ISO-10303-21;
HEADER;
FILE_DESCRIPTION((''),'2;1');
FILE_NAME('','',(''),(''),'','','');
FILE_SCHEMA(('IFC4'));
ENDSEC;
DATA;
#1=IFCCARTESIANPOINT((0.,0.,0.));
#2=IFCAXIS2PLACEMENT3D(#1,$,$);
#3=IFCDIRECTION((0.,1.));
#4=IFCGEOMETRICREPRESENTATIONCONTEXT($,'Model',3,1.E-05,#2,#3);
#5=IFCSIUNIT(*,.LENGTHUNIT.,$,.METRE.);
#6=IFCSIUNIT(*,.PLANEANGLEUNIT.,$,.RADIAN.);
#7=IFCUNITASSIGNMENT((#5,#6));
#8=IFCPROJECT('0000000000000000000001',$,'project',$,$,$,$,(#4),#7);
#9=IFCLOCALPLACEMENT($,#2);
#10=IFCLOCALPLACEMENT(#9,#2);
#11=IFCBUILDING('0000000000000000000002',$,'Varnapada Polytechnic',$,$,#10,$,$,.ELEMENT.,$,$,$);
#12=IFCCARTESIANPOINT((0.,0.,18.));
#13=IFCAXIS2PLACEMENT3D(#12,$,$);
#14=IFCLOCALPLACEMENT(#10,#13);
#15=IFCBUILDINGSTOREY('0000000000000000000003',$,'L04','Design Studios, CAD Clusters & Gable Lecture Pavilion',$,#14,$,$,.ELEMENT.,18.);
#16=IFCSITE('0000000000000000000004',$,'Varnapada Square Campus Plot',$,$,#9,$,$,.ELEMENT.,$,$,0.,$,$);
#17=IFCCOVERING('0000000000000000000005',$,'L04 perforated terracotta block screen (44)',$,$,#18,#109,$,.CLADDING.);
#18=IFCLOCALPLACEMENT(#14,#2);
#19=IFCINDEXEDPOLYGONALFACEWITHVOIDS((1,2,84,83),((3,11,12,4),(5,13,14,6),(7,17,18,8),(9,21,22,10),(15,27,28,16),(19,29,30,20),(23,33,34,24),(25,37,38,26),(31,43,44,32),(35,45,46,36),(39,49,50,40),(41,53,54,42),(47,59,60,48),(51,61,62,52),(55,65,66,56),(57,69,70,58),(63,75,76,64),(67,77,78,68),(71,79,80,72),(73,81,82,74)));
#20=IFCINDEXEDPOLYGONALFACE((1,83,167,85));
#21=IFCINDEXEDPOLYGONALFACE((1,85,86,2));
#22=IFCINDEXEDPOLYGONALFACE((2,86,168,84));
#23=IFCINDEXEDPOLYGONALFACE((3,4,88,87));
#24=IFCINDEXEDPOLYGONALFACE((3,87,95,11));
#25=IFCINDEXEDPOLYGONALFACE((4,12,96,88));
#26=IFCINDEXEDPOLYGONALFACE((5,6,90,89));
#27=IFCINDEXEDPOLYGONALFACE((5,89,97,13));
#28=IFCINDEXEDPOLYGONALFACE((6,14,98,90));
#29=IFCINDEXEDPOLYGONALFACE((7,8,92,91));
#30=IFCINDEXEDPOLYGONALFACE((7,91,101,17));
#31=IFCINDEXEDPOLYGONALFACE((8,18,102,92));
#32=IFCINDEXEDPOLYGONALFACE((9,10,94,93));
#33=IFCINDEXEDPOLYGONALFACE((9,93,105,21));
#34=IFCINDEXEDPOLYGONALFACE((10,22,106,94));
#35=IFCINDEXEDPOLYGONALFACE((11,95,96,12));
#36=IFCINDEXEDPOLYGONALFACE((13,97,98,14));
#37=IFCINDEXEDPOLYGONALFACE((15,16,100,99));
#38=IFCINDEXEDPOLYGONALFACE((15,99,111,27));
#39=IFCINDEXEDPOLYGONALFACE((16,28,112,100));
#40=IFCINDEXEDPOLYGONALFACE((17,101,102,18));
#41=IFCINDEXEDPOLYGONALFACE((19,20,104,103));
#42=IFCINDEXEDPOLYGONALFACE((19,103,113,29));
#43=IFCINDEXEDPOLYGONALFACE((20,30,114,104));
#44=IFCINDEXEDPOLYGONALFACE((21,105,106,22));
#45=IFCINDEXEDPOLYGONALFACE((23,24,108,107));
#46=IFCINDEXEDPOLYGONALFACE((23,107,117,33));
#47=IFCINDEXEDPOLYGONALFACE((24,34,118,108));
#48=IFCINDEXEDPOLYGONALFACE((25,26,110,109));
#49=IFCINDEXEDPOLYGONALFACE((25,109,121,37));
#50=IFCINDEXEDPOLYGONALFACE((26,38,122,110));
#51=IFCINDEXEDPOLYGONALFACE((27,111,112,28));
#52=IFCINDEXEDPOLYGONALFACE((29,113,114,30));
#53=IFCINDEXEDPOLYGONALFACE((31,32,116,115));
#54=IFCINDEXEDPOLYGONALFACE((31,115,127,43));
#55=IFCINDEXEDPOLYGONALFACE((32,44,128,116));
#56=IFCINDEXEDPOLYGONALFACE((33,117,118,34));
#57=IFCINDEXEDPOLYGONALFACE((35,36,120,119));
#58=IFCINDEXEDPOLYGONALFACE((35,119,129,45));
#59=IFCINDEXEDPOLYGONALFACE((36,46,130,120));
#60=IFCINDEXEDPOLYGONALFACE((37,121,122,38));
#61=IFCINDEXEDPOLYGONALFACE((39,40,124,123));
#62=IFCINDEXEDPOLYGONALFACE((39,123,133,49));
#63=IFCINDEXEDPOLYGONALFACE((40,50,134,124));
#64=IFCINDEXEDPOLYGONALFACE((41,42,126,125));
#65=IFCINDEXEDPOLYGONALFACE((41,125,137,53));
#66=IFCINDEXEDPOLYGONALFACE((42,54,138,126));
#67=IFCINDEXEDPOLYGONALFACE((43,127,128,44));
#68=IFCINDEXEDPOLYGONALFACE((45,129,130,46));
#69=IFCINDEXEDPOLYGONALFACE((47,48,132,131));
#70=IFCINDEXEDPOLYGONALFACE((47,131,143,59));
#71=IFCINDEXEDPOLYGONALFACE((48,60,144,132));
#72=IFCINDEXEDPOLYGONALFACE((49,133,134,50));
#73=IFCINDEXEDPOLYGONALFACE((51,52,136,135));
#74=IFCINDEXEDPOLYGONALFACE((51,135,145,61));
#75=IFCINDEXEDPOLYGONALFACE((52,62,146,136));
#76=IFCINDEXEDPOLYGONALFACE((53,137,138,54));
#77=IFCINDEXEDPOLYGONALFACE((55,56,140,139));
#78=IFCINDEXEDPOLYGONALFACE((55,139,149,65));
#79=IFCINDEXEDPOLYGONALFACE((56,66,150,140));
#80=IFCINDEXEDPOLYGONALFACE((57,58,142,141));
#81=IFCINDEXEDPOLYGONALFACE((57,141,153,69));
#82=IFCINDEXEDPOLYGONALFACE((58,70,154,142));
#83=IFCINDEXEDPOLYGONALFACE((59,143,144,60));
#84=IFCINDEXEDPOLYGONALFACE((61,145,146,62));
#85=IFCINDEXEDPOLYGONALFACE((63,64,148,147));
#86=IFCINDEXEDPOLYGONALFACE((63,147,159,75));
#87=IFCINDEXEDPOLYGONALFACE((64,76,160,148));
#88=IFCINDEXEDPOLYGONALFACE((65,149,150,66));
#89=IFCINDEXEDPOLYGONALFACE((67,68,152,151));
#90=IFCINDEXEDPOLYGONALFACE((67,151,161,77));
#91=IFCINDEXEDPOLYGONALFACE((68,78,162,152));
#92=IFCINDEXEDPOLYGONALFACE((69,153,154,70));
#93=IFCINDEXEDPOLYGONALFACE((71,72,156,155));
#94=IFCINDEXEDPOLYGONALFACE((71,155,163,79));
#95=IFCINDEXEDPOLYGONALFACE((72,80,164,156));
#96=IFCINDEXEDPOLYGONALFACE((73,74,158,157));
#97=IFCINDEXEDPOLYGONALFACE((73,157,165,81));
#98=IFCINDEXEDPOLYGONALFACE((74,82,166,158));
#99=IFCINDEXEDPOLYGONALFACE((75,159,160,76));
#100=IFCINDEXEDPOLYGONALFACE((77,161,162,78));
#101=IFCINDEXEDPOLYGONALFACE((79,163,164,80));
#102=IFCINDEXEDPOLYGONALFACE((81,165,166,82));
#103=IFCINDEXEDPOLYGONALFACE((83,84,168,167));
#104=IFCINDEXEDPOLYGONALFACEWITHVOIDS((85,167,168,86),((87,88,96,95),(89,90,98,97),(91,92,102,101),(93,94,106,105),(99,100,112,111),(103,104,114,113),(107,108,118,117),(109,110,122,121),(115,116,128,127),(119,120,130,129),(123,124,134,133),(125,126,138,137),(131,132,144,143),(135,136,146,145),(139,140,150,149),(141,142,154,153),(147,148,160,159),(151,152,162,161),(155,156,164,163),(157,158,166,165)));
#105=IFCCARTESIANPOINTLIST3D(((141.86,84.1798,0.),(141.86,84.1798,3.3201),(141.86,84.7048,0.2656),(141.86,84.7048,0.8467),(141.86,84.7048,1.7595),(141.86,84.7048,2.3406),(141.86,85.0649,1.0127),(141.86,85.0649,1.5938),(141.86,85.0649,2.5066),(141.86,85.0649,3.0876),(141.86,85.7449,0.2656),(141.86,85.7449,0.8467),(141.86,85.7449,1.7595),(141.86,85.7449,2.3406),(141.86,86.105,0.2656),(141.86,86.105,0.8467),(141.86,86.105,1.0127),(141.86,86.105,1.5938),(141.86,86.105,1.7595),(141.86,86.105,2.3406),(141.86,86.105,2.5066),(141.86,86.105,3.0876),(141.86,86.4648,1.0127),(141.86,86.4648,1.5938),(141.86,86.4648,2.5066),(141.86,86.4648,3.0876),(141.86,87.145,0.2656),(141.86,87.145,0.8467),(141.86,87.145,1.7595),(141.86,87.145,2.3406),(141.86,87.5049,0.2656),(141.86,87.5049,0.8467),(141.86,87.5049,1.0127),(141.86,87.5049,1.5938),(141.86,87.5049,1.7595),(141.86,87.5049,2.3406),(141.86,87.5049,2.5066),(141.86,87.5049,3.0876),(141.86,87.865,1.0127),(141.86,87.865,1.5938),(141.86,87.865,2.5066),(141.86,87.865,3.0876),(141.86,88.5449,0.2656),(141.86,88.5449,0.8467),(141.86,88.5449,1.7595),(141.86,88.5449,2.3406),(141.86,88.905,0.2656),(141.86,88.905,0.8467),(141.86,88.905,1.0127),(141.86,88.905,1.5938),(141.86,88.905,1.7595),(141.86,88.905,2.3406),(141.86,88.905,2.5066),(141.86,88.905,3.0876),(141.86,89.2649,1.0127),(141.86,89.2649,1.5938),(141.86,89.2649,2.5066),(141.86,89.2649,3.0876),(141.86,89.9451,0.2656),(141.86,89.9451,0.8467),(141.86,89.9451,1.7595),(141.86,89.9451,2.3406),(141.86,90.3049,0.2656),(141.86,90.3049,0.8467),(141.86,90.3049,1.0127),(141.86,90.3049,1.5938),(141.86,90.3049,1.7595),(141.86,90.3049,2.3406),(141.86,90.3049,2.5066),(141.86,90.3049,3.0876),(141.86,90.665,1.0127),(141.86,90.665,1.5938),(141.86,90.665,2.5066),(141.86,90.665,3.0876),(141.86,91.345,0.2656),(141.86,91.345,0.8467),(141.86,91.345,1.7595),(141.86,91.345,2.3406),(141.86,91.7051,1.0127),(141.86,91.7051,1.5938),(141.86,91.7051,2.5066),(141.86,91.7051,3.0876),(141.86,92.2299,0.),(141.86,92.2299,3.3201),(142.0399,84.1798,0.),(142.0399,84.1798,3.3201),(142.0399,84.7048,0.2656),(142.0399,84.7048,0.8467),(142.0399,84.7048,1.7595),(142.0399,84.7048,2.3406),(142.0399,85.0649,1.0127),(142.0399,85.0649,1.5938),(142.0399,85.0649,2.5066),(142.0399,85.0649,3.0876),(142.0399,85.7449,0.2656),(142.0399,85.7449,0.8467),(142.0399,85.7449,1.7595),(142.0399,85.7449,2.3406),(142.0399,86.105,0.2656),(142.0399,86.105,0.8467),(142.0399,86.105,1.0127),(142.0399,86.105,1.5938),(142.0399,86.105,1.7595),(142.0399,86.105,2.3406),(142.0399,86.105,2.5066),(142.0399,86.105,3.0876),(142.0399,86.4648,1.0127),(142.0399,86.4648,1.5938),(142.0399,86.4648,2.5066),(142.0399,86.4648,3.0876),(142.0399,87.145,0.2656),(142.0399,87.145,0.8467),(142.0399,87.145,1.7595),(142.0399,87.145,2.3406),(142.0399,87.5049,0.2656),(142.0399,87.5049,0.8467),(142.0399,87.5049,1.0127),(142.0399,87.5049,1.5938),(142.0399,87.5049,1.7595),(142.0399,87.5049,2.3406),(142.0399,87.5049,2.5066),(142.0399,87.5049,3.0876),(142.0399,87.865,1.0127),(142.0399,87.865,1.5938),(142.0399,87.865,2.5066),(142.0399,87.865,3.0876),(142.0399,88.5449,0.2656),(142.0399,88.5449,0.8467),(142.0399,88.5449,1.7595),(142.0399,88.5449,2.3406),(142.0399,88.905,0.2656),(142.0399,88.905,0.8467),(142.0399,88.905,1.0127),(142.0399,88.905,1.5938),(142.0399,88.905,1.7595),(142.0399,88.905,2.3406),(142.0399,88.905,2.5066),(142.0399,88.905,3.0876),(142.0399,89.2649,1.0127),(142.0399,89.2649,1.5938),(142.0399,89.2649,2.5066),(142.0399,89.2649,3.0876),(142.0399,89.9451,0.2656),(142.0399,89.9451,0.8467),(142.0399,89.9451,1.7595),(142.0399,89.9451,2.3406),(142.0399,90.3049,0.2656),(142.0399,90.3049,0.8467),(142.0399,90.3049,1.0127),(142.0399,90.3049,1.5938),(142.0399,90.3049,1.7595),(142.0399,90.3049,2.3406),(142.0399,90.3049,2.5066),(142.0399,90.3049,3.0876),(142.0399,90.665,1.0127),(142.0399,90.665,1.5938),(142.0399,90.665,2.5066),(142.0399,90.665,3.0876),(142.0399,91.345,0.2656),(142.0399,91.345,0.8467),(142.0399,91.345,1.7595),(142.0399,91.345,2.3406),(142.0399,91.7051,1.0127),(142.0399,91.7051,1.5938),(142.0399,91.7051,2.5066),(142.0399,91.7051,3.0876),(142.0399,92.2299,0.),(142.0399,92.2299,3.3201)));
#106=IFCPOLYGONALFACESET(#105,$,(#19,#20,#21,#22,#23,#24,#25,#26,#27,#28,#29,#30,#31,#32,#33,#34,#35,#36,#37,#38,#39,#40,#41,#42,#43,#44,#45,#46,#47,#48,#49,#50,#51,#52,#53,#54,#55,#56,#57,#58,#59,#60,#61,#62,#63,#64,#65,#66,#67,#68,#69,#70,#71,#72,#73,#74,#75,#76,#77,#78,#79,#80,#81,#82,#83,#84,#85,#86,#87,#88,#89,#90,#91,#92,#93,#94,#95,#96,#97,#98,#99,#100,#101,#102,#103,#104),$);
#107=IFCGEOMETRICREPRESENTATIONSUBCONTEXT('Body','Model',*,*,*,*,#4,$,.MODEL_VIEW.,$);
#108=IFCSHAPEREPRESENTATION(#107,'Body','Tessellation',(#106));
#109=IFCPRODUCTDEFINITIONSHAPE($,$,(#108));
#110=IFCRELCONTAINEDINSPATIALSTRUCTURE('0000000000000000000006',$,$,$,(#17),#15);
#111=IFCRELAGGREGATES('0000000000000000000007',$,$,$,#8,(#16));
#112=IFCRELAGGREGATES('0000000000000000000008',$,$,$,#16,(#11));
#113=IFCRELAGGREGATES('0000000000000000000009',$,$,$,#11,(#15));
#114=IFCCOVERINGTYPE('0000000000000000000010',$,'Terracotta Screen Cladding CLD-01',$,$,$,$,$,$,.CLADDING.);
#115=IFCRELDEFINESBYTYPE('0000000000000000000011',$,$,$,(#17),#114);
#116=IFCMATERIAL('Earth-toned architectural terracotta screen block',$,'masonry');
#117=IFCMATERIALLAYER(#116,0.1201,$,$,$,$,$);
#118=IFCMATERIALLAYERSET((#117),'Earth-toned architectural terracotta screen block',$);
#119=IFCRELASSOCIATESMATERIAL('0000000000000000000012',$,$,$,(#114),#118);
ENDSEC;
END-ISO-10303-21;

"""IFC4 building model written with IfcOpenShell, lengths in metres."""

from ifc_helpers import new_model, si_unit, direction, frame, frame_2d, origin, place, context, subcontext, project, spatial, rectangle, extrude, material, layer, layer_set, type_object, element, save


model = new_model("IFC4")

# Units and contexts
model_context = context("Model", 3, precision=1e-05, world=origin(), true_north=direction((0.0, 1.0)))
body_context = subcontext(model_context, "Body", "Model", "MODEL_VIEW")
ifc_project = project(units=[si_unit("LENGTHUNIT", "METRE"), si_unit("PLANEANGLEUNIT", "RADIAN")], contexts=[model_context])

# Site, building, storey
site_placement = place(None, origin())
site = spatial("IfcSite", under=ifc_project, at=site_placement, Name="Varnapada Square Campus Plot", CompositionType="ELEMENT", RefElevation=0.0)
building_placement = place(site_placement, origin())
building = spatial("IfcBuilding", under=site, at=building_placement, Name="Varnapada Polytechnic", CompositionType="ELEMENT")
storey_placement = place(building_placement, frame((0.0, 0.0, 18.0)))
storey = spatial("IfcBuildingStorey", under=building, at=storey_placement, Name="L04", Description="Design Studios, CAD Clusters & Gable Lecture Pavilion", CompositionType="ELEMENT", Elevation=18.0)

# Covering, openings
ifc_material_1 = material(Name="Earth-toned architectural terracotta screen block", Category="masonry")
ifc_layer_1 = layer(ifc_material_1, 0.1201)
ifc_layer_set_1 = layer_set([ifc_layer_1], Name="Earth-toned architectural terracotta screen block")
covering_type = type_object("IfcCoveringType", Name="Terracotta Screen Cladding CLD-01", PredefinedType="CLADDING", material=ifc_layer_set_1)
covering_placement = place(storey_placement, frame((141.95, 84.1799, 0.0), z_axis=(0.0, 0.0, 1.0), x_axis=(0.0, 1.0, 0.0)))
covering = element("IfcCovering", 1, at=covering_placement, inside=storey, type_object=covering_type, Name="L04 perforated terracotta block screen (44)", PredefinedType="CLADDING", context=body_context, shape_type="SweptSolid", body=[
    extrude(rectangle(XDim=8.05, YDim=0.1799, at=frame_2d((4.0249, 0.0))), origin(), (0.0, 0.0, 1.0), 3.3201),
])
opening_1_placement = place(covering_placement, frame((0.5249, 0.0, 0.2656)))
element("IfcOpeningElement", 2, at=opening_1_placement, cuts=covering, PredefinedType="OPENING", context=body_context, shape_type="SweptSolid", body=[
    extrude(rectangle(XDim=1.04, YDim=0.5811, at=frame_2d((0.52, 0.2905))), frame((0.0, 0.0999, 0.0), z_axis=(0.0, -1.0, 0.0), x_axis=(1.0, 0.0, 0.0)), (0.0, 0.0, 1.0), 0.2),
])
opening_2_placement = place(covering_placement, frame((1.925, 0.0, 0.2656)))
element("IfcOpeningElement", 3, at=opening_2_placement, cuts=covering, PredefinedType="OPENING", context=body_context, shape_type="SweptSolid", body=[
    extrude(rectangle(XDim=1.04, YDim=0.5811, at=frame_2d((0.52, 0.2905))), frame((0.0, 0.0999, 0.0), z_axis=(0.0, -1.0, 0.0), x_axis=(1.0, 0.0, 0.0)), (0.0, 0.0, 1.0), 0.2),
])
opening_3_placement = place(covering_placement, frame((3.325, 0.0, 0.2656)))
element("IfcOpeningElement", 4, at=opening_3_placement, cuts=covering, PredefinedType="OPENING", context=body_context, shape_type="SweptSolid", body=[
    extrude(rectangle(XDim=1.04, YDim=0.5811, at=frame_2d((0.52, 0.2905))), frame((0.0, 0.0999, 0.0), z_axis=(0.0, -1.0, 0.0), x_axis=(1.0, 0.0, 0.0)), (0.0, 0.0, 1.0), 0.2),
])
opening_4_placement = place(covering_placement, frame((4.7251, 0.0, 0.2656)))
element("IfcOpeningElement", 5, at=opening_4_placement, cuts=covering, PredefinedType="OPENING", context=body_context, shape_type="SweptSolid", body=[
    extrude(rectangle(XDim=1.04, YDim=0.5811, at=frame_2d((0.52, 0.2905))), frame((0.0, 0.0999, 0.0), z_axis=(0.0, -1.0, 0.0), x_axis=(1.0, 0.0, 0.0)), (0.0, 0.0, 1.0), 0.2),
])
opening_5_placement = place(covering_placement, frame((6.125, 0.0, 0.2656)))
element("IfcOpeningElement", 6, at=opening_5_placement, cuts=covering, PredefinedType="OPENING", context=body_context, shape_type="SweptSolid", body=[
    extrude(rectangle(XDim=1.04, YDim=0.5811, at=frame_2d((0.52, 0.2905))), frame((0.0, 0.0999, 0.0), z_axis=(0.0, -1.0, 0.0), x_axis=(1.0, 0.0, 0.0)), (0.0, 0.0, 1.0), 0.2),
])
opening_6_placement = place(covering_placement, frame((0.885, 0.0, 1.0127)))
element("IfcOpeningElement", 7, at=opening_6_placement, cuts=covering, PredefinedType="OPENING", context=body_context, shape_type="SweptSolid", body=[
    extrude(rectangle(XDim=1.04, YDim=0.5811, at=frame_2d((0.52, 0.2905))), frame((0.0, 0.0999, 0.0), z_axis=(0.0, -1.0, 0.0), x_axis=(1.0, 0.0, 0.0)), (0.0, 0.0, 1.0), 0.2),
])
opening_7_placement = place(covering_placement, frame((2.2849, 0.0, 1.0127)))
element("IfcOpeningElement", 8, at=opening_7_placement, cuts=covering, PredefinedType="OPENING", context=body_context, shape_type="SweptSolid", body=[
    extrude(rectangle(XDim=1.04, YDim=0.5811, at=frame_2d((0.52, 0.2905))), frame((0.0, 0.0999, 0.0), z_axis=(0.0, -1.0, 0.0), x_axis=(1.0, 0.0, 0.0)), (0.0, 0.0, 1.0), 0.2),
])
opening_8_placement = place(covering_placement, frame((3.6851, 0.0, 1.0127)))
element("IfcOpeningElement", 9, at=opening_8_placement, cuts=covering, PredefinedType="OPENING", context=body_context, shape_type="SweptSolid", body=[
    extrude(rectangle(XDim=1.04, YDim=0.5811, at=frame_2d((0.52, 0.2905))), frame((0.0, 0.0999, 0.0), z_axis=(0.0, -1.0, 0.0), x_axis=(1.0, 0.0, 0.0)), (0.0, 0.0, 1.0), 0.2),
])
opening_9_placement = place(covering_placement, frame((5.085, 0.0, 1.0127)))
element("IfcOpeningElement", 10, at=opening_9_placement, cuts=covering, PredefinedType="OPENING", context=body_context, shape_type="SweptSolid", body=[
    extrude(rectangle(XDim=1.04, YDim=0.5811, at=frame_2d((0.52, 0.2905))), frame((0.0, 0.0999, 0.0), z_axis=(0.0, -1.0, 0.0), x_axis=(1.0, 0.0, 0.0)), (0.0, 0.0, 1.0), 0.2),
])
opening_10_placement = place(covering_placement, frame((6.4851, 0.0, 1.0127)))
element("IfcOpeningElement", 11, at=opening_10_placement, cuts=covering, PredefinedType="OPENING", context=body_context, shape_type="SweptSolid", body=[
    extrude(rectangle(XDim=1.04, YDim=0.5811, at=frame_2d((0.52, 0.2905))), frame((0.0, 0.0999, 0.0), z_axis=(0.0, -1.0, 0.0), x_axis=(1.0, 0.0, 0.0)), (0.0, 0.0, 1.0), 0.2),
])
opening_11_placement = place(covering_placement, frame((0.5249, 0.0, 1.7595)))
element("IfcOpeningElement", 12, at=opening_11_placement, cuts=covering, PredefinedType="OPENING", context=body_context, shape_type="SweptSolid", body=[
    extrude(rectangle(XDim=1.04, YDim=0.5811, at=frame_2d((0.52, 0.2905))), frame((0.0, 0.0999, 0.0), z_axis=(0.0, -1.0, 0.0), x_axis=(1.0, 0.0, 0.0)), (0.0, 0.0, 1.0), 0.2),
])
opening_12_placement = place(covering_placement, frame((1.925, 0.0, 1.7595)))
element("IfcOpeningElement", 13, at=opening_12_placement, cuts=covering, PredefinedType="OPENING", context=body_context, shape_type="SweptSolid", body=[
    extrude(rectangle(XDim=1.04, YDim=0.5811, at=frame_2d((0.52, 0.2905))), frame((0.0, 0.0999, 0.0), z_axis=(0.0, -1.0, 0.0), x_axis=(1.0, 0.0, 0.0)), (0.0, 0.0, 1.0), 0.2),
])
opening_13_placement = place(covering_placement, frame((3.325, 0.0, 1.7595)))
element("IfcOpeningElement", 14, at=opening_13_placement, cuts=covering, PredefinedType="OPENING", context=body_context, shape_type="SweptSolid", body=[
    extrude(rectangle(XDim=1.04, YDim=0.5811, at=frame_2d((0.52, 0.2905))), frame((0.0, 0.0999, 0.0), z_axis=(0.0, -1.0, 0.0), x_axis=(1.0, 0.0, 0.0)), (0.0, 0.0, 1.0), 0.2),
])
opening_14_placement = place(covering_placement, frame((4.7251, 0.0, 1.7595)))
element("IfcOpeningElement", 15, at=opening_14_placement, cuts=covering, PredefinedType="OPENING", context=body_context, shape_type="SweptSolid", body=[
    extrude(rectangle(XDim=1.04, YDim=0.5811, at=frame_2d((0.52, 0.2905))), frame((0.0, 0.0999, 0.0), z_axis=(0.0, -1.0, 0.0), x_axis=(1.0, 0.0, 0.0)), (0.0, 0.0, 1.0), 0.2),
])
opening_15_placement = place(covering_placement, frame((6.125, 0.0, 1.7595)))
element("IfcOpeningElement", 16, at=opening_15_placement, cuts=covering, PredefinedType="OPENING", context=body_context, shape_type="SweptSolid", body=[
    extrude(rectangle(XDim=1.04, YDim=0.5811, at=frame_2d((0.52, 0.2905))), frame((0.0, 0.0999, 0.0), z_axis=(0.0, -1.0, 0.0), x_axis=(1.0, 0.0, 0.0)), (0.0, 0.0, 1.0), 0.2),
])
opening_16_placement = place(covering_placement, frame((0.885, 0.0, 2.5066)))
element("IfcOpeningElement", 17, at=opening_16_placement, cuts=covering, PredefinedType="OPENING", context=body_context, shape_type="SweptSolid", body=[
    extrude(rectangle(XDim=1.04, YDim=0.5811, at=frame_2d((0.52, 0.2905))), frame((0.0, 0.0999, 0.0), z_axis=(0.0, -1.0, 0.0), x_axis=(1.0, 0.0, 0.0)), (0.0, 0.0, 1.0), 0.2),
])
opening_17_placement = place(covering_placement, frame((2.2849, 0.0, 2.5066)))
element("IfcOpeningElement", 18, at=opening_17_placement, cuts=covering, PredefinedType="OPENING", context=body_context, shape_type="SweptSolid", body=[
    extrude(rectangle(XDim=1.04, YDim=0.5811, at=frame_2d((0.52, 0.2905))), frame((0.0, 0.0999, 0.0), z_axis=(0.0, -1.0, 0.0), x_axis=(1.0, 0.0, 0.0)), (0.0, 0.0, 1.0), 0.2),
])
opening_18_placement = place(covering_placement, frame((3.6851, 0.0, 2.5066)))
element("IfcOpeningElement", 19, at=opening_18_placement, cuts=covering, PredefinedType="OPENING", context=body_context, shape_type="SweptSolid", body=[
    extrude(rectangle(XDim=1.04, YDim=0.5811, at=frame_2d((0.52, 0.2905))), frame((0.0, 0.0999, 0.0), z_axis=(0.0, -1.0, 0.0), x_axis=(1.0, 0.0, 0.0)), (0.0, 0.0, 1.0), 0.2),
])
opening_19_placement = place(covering_placement, frame((5.085, 0.0, 2.5066)))
element("IfcOpeningElement", 20, at=opening_19_placement, cuts=covering, PredefinedType="OPENING", context=body_context, shape_type="SweptSolid", body=[
    extrude(rectangle(XDim=1.04, YDim=0.5811, at=frame_2d((0.52, 0.2905))), frame((0.0, 0.0999, 0.0), z_axis=(0.0, -1.0, 0.0), x_axis=(1.0, 0.0, 0.0)), (0.0, 0.0, 1.0), 0.2),
])
opening_20_placement = place(covering_placement, frame((6.4851, 0.0, 2.5066)))
element("IfcOpeningElement", 21, at=opening_20_placement, cuts=covering, PredefinedType="OPENING", context=body_context, shape_type="SweptSolid", body=[
    extrude(rectangle(XDim=1.04, YDim=0.5811, at=frame_2d((0.52, 0.2905))), frame((0.0, 0.0999, 0.0), z_axis=(0.0, -1.0, 0.0), x_axis=(1.0, 0.0, 0.0)), (0.0, 0.0, 1.0), 0.2),
])

save(model, "model.ifc")
